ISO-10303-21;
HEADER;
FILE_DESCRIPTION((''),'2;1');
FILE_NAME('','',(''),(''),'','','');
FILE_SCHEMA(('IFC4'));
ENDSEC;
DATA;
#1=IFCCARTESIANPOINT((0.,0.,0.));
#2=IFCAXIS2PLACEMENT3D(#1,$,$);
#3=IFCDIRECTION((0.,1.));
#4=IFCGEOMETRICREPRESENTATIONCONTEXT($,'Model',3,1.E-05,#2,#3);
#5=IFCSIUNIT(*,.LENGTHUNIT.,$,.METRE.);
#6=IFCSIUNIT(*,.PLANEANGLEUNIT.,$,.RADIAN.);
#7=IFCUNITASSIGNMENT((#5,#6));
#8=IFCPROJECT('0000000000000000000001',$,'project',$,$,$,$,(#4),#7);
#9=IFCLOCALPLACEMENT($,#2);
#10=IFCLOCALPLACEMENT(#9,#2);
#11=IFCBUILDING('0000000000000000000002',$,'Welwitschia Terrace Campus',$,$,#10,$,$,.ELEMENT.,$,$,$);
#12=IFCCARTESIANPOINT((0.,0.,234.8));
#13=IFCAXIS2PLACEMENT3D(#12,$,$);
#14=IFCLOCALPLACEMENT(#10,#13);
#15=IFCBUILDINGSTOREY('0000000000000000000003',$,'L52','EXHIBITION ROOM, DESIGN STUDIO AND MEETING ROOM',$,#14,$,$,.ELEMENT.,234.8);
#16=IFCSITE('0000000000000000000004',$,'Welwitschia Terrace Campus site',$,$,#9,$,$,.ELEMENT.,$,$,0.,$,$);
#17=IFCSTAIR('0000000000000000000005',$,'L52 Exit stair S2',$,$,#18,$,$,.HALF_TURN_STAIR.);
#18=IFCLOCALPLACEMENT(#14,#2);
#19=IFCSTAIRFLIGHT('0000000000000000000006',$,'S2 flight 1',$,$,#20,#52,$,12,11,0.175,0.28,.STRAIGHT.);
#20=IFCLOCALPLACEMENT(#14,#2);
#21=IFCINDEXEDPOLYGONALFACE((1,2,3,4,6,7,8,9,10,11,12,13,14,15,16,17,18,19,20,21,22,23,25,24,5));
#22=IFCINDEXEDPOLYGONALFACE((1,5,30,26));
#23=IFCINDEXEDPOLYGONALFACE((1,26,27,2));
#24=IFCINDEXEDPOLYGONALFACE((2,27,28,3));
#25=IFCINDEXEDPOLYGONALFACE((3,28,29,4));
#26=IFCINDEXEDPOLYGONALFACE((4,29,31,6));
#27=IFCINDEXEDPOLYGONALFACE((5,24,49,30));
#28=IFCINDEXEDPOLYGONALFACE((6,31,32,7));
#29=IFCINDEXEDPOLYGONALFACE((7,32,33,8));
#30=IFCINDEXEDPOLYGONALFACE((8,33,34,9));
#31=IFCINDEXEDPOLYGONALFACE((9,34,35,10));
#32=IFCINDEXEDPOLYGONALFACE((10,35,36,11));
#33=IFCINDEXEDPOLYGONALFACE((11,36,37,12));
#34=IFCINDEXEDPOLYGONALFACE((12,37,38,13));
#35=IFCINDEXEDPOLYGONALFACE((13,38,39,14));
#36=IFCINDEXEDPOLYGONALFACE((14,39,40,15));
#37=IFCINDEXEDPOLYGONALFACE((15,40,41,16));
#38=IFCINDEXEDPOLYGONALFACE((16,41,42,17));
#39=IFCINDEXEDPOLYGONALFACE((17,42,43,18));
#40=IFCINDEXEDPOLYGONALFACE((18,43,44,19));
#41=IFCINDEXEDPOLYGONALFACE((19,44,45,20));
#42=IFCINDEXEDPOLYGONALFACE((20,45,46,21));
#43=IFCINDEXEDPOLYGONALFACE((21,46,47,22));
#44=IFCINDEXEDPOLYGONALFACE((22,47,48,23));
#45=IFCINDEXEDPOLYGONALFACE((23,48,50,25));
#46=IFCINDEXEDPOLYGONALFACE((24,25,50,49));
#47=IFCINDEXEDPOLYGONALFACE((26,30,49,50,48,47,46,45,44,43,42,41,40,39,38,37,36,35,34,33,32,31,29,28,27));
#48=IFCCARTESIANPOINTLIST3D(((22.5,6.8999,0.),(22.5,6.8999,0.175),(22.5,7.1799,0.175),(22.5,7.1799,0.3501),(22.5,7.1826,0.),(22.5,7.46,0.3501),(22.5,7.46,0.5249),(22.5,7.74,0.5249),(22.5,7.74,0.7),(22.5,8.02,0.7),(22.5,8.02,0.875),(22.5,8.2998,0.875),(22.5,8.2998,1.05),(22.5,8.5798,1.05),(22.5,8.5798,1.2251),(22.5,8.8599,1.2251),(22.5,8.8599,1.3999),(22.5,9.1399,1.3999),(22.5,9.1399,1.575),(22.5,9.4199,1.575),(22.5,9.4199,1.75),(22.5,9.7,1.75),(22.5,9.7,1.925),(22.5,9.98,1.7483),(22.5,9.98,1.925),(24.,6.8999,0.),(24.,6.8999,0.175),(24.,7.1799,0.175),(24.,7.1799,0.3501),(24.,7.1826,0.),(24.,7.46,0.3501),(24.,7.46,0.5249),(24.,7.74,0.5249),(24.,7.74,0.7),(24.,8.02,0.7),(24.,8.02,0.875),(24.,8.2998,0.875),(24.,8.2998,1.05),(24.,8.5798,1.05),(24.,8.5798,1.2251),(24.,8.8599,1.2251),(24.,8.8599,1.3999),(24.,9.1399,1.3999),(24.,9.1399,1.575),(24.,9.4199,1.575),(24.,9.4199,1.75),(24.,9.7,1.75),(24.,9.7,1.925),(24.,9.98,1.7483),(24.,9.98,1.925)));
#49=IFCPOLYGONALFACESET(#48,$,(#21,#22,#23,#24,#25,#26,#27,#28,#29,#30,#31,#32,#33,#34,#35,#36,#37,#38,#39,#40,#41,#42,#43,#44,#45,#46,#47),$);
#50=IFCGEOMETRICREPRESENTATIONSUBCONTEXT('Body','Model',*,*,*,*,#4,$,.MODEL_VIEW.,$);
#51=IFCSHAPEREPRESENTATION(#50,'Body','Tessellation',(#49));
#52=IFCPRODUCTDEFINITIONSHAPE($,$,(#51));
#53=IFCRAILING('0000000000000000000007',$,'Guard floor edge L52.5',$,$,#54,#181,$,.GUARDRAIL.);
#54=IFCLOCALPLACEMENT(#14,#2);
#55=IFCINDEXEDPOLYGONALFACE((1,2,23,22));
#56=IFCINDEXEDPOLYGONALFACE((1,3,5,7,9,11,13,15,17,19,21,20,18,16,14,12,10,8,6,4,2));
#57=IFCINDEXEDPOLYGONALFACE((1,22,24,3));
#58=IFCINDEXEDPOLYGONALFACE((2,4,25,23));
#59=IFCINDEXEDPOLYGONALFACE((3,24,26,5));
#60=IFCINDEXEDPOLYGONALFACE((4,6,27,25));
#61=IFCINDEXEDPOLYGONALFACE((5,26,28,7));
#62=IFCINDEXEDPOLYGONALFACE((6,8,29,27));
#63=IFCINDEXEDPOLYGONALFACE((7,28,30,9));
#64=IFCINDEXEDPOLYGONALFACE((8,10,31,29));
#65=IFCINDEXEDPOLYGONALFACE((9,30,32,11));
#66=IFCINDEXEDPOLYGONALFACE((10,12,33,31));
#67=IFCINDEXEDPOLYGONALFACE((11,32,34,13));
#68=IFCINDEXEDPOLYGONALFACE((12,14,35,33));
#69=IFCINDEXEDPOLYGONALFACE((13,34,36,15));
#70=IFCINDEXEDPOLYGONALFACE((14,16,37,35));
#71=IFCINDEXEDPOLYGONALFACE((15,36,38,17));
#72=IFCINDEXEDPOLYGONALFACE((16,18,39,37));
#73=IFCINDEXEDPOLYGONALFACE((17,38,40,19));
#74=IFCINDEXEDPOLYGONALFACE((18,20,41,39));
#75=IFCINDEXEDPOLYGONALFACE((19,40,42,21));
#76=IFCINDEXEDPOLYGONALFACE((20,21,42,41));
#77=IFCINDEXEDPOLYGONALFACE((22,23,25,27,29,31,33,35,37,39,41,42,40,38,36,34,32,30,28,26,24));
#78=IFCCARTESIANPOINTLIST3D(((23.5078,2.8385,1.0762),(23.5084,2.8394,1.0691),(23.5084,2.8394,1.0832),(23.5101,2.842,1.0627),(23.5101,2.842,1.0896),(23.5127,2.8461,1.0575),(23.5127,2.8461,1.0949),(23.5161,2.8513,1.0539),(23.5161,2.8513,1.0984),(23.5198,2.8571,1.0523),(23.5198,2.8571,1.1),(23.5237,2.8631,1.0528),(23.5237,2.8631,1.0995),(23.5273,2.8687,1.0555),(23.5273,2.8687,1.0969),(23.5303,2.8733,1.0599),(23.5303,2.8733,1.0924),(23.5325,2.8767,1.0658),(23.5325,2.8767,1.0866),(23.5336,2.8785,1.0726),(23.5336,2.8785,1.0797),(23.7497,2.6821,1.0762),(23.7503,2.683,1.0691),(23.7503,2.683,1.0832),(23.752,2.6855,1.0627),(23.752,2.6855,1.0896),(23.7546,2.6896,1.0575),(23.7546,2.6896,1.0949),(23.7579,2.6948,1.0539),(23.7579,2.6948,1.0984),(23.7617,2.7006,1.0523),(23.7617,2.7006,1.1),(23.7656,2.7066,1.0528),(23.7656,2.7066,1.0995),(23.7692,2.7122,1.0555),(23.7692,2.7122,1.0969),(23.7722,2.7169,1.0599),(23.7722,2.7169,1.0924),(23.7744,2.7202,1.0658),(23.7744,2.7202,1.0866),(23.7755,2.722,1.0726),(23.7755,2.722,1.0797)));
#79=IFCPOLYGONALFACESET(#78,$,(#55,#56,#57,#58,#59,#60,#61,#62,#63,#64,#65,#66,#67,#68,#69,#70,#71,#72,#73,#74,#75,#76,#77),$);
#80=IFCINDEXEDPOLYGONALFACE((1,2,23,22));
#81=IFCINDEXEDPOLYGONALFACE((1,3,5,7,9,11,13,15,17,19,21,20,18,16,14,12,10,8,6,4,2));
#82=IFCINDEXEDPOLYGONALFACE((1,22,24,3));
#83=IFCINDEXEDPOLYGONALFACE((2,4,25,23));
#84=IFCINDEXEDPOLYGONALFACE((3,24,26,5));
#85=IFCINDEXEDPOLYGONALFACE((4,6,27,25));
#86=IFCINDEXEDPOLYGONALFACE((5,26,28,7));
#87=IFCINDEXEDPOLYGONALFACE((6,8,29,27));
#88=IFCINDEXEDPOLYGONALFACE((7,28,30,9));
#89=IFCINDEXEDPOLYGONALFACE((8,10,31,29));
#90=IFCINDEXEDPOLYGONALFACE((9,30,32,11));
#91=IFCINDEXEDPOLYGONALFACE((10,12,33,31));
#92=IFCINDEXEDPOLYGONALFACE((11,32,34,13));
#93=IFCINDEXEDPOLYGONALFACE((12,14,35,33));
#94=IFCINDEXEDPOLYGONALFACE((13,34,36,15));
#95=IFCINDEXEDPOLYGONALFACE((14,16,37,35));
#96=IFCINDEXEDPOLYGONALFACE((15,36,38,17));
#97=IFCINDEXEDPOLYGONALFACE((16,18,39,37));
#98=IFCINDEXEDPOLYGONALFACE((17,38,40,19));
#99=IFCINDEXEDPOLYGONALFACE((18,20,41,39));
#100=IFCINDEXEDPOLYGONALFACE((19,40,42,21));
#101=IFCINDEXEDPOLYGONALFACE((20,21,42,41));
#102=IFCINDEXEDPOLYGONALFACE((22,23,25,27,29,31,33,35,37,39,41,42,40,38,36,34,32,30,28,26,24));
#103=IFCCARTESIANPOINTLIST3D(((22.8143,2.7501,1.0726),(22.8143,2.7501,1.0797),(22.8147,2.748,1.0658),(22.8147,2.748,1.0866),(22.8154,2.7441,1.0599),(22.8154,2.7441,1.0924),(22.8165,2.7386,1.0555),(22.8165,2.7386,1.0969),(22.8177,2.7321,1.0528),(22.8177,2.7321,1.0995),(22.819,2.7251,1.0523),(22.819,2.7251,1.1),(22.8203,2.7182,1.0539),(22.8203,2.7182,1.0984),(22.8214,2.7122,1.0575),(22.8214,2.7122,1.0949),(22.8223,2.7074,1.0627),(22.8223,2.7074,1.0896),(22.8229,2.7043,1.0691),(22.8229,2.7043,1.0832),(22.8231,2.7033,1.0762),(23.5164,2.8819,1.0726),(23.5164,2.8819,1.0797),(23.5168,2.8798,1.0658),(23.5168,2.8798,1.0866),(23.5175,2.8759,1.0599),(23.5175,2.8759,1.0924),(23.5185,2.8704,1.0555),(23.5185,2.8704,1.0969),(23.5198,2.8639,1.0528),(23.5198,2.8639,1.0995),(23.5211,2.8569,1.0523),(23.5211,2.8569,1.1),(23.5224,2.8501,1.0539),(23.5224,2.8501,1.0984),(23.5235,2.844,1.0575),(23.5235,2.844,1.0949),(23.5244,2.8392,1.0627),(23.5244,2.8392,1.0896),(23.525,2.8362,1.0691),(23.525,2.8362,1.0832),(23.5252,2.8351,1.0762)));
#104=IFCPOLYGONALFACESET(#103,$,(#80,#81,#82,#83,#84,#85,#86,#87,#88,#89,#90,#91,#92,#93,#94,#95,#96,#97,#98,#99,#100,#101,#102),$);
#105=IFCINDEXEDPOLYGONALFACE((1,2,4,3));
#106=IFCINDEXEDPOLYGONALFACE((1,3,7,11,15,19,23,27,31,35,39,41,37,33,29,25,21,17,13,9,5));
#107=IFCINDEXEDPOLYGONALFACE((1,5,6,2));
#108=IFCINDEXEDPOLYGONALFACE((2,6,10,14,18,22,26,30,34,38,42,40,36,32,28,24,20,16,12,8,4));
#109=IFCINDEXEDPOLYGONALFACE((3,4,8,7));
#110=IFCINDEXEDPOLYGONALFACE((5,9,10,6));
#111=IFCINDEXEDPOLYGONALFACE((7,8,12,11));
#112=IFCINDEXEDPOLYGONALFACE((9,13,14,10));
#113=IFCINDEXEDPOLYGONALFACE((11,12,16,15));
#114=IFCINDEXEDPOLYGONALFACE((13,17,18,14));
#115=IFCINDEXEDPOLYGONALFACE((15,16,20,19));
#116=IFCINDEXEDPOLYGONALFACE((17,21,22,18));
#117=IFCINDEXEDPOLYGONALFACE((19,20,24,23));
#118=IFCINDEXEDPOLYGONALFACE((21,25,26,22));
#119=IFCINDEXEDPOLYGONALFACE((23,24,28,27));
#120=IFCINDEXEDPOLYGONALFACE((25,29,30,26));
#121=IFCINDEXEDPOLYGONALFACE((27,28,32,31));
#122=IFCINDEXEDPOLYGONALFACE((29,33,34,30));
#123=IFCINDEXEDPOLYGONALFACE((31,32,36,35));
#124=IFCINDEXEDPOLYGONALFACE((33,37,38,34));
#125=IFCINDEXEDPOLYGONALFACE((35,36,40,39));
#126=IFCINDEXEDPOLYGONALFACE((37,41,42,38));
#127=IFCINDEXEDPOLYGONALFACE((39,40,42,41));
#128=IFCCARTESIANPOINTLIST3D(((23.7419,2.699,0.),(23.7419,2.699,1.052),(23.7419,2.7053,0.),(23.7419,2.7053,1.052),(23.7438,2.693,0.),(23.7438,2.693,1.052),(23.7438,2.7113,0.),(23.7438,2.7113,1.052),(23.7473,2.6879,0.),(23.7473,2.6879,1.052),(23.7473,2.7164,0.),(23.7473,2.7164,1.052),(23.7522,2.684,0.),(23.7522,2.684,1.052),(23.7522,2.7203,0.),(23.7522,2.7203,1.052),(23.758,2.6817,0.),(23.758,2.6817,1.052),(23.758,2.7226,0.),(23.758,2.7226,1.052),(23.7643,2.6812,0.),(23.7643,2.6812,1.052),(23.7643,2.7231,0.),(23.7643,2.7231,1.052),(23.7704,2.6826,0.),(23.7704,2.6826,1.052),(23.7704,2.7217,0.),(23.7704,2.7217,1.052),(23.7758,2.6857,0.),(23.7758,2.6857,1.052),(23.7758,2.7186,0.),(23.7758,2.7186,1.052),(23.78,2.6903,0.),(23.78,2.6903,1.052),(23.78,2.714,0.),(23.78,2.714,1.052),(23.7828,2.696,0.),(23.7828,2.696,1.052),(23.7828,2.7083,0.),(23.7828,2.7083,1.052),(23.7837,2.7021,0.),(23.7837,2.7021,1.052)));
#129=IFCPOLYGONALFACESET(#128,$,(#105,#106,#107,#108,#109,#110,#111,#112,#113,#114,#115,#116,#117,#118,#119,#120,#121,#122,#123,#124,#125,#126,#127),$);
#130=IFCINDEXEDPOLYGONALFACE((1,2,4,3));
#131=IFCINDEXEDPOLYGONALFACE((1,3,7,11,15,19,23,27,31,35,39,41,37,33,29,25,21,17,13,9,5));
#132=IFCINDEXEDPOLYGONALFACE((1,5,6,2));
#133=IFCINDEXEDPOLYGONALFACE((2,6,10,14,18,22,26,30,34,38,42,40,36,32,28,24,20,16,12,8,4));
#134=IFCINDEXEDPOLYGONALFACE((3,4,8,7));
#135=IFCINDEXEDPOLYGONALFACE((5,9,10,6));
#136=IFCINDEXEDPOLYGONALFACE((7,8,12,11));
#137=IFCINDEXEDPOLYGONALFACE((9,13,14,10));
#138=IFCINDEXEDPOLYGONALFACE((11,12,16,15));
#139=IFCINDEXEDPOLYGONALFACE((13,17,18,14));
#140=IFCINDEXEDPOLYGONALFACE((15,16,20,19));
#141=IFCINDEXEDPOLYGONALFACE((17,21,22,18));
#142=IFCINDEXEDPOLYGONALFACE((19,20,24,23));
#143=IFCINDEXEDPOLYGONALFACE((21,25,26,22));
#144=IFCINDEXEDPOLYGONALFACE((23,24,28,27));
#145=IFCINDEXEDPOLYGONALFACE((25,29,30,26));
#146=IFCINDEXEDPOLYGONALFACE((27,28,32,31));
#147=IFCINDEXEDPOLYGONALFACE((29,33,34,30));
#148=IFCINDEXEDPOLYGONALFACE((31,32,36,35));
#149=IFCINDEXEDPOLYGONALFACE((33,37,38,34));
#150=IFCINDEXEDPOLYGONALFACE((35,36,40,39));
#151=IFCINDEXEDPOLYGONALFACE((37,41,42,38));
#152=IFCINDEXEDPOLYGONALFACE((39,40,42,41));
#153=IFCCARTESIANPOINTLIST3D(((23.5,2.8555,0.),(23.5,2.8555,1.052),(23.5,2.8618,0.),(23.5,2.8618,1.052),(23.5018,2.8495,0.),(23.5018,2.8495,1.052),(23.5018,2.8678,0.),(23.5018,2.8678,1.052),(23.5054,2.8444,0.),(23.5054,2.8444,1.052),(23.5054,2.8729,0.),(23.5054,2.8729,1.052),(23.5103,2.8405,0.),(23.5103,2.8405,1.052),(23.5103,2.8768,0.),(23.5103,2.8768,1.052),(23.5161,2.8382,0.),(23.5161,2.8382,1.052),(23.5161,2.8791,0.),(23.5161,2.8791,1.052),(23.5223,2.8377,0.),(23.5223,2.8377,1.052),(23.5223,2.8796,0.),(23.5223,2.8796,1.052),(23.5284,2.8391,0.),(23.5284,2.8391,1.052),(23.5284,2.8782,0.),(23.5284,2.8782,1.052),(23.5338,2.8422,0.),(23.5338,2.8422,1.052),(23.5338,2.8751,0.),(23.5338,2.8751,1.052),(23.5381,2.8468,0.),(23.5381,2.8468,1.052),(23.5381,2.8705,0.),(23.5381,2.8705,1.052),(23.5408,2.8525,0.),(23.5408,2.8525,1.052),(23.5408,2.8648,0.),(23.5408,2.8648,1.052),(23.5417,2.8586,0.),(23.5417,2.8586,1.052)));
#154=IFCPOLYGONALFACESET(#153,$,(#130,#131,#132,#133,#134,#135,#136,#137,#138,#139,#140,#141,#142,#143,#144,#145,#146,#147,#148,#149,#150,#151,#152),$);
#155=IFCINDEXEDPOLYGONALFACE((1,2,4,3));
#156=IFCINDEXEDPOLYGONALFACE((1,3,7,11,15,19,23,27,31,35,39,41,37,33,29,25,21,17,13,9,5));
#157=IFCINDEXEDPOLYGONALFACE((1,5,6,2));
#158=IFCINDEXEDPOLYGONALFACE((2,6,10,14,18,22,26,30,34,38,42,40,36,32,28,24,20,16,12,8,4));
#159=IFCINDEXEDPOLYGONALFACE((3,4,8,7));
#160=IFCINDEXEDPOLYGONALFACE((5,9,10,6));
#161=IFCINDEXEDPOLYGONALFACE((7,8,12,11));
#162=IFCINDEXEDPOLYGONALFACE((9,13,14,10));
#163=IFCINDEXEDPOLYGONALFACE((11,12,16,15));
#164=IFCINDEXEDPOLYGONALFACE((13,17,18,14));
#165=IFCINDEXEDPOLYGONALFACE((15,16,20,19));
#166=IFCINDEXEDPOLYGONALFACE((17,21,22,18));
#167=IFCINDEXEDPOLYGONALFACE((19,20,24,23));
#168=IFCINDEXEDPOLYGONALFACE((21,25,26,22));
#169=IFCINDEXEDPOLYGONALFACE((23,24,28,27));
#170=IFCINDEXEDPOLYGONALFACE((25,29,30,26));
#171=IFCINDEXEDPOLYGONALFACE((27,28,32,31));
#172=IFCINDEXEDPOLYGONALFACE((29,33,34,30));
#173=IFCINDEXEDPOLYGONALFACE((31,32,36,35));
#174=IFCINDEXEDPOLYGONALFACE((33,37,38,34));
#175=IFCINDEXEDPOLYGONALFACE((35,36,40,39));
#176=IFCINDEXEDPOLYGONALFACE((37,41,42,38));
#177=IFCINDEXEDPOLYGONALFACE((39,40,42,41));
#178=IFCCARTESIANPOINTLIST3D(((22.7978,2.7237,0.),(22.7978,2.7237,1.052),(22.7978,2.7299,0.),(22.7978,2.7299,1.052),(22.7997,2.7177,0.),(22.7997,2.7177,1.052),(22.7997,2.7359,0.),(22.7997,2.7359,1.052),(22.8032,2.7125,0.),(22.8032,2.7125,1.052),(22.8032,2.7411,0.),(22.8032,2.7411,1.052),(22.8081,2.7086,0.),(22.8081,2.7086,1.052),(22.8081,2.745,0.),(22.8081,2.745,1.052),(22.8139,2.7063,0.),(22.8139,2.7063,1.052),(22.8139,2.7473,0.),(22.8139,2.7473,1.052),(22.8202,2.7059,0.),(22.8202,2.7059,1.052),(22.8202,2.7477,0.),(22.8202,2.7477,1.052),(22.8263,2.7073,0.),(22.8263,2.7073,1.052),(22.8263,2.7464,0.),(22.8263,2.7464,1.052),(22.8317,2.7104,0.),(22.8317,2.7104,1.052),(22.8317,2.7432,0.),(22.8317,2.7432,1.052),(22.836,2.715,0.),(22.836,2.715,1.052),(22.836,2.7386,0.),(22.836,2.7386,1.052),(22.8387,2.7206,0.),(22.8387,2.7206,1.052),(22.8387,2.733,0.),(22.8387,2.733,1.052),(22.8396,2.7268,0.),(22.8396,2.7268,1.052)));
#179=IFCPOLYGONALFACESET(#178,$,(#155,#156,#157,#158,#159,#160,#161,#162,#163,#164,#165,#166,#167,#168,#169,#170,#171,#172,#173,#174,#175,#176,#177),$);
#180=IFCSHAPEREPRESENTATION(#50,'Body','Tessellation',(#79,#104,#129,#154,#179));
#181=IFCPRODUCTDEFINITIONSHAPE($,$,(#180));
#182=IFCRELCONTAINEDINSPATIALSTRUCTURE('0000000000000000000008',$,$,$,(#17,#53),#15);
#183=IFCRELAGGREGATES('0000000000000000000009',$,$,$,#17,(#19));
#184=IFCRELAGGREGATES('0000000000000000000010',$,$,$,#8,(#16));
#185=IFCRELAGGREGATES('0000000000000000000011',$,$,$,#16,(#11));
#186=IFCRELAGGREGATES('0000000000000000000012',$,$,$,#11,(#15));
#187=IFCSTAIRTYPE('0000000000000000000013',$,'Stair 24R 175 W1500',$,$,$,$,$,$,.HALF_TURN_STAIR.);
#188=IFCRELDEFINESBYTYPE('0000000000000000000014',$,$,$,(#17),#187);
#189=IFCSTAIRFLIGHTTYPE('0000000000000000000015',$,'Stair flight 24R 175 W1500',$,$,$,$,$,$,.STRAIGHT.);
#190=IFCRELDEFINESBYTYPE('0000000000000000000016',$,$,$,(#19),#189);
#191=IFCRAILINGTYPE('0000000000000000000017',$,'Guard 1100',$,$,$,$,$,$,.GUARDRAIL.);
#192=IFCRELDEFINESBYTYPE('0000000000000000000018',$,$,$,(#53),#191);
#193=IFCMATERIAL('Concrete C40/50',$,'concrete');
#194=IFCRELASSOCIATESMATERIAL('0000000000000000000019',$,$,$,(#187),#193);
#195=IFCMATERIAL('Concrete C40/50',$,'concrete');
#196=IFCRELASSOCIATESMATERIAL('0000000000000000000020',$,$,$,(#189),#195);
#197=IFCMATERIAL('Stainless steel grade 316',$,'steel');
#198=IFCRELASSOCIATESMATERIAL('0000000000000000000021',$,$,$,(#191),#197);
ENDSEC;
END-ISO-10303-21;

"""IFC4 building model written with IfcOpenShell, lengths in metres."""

from ifc_helpers import new_model, si_unit, direction, frame, origin, origin_2d, place, context, subcontext, project, spatial, polyline, circle, outline, extrude, material, type_object, element, aggregate, save


model = new_model("IFC4")

# Units and contexts
model_context = context("Model", 3, precision=1e-05, world=origin(), true_north=direction((0.0, 1.0)))
body_context = subcontext(model_context, "Body", "Model", "MODEL_VIEW")
ifc_project = project(units=[si_unit("LENGTHUNIT", "METRE"), si_unit("PLANEANGLEUNIT", "RADIAN")], contexts=[model_context])

# Site, building, storey
site_placement = place(None, origin())
site = spatial("IfcSite", under=ifc_project, at=site_placement, Name="Welwitschia Terrace Campus site", CompositionType="ELEMENT", RefElevation=0.0)
building_placement = place(site_placement, origin())
building = spatial("IfcBuilding", under=site, at=building_placement, Name="Welwitschia Terrace Campus", CompositionType="ELEMENT")
storey_placement = place(building_placement, frame((0.0, 0.0, 234.8)))
storey = spatial("IfcBuildingStorey", under=building, at=storey_placement, Name="L52", Description="EXHIBITION ROOM, DESIGN STUDIO AND MEETING ROOM", CompositionType="ELEMENT", Elevation=234.8)

# Stair, stair flight
ifc_material_1 = material(Name="Concrete C40/50", Category="concrete")
stair_type = type_object("IfcStairType", Name="Stair 24R 175 W1500", PredefinedType="HALF_TURN_STAIR", material=ifc_material_1)
stair_placement = place(storey_placement, origin())
stair = element("IfcStair", 1, at=stair_placement, inside=storey, type_object=stair_type, Name="L52 Exit stair S2", PredefinedType="HALF_TURN_STAIR")
ifc_material_2 = material(Name="Concrete C40/50", Category="concrete")
stair_flight_type = type_object("IfcStairFlightType", Name="Stair flight 24R 175 W1500", PredefinedType="STRAIGHT", material=ifc_material_2)
stair_flight_placement = place(storey_placement, frame((23.25, 6.8999, 0.0), z_axis=(0.0, 0.0, 1.0), x_axis=(0.0, 1.0, 0.0)))
stair_flight = element("IfcStairFlight", 2, at=stair_flight_placement, type_object=stair_flight_type, Name="S2 flight 1", NumberOfRisers=12, NumberOfTreads=11, PredefinedType="STRAIGHT", RiserHeight=0.175, TreadLength=0.28, context=body_context, shape_type="SweptSolid", body=[
    extrude(outline(polyline([(0.0, 0.0), (0.0, 0.175), (0.28, 0.175), (0.28, 0.3501), (0.5601, 0.3501), (0.5601, 0.5249), (0.8401, 0.5249), (0.8401, 0.7), (1.1201, 0.7), (1.1201, 0.875), (1.3999, 0.875), (1.3999, 1.05), (1.6799, 1.05), (1.6799, 1.2251), (1.96, 1.2251), (1.96, 1.3999), (2.24, 1.3999), (2.24, 1.575), (2.52, 1.575), (2.52, 1.75), (2.8, 1.75), (2.8, 1.925), (3.0801, 1.925), (3.0801, 2.1001), (3.0801, 1.7483), (0.2827, 0.0), (0.0, 0.0)])), frame((0.0, 0.75, 0.0), z_axis=(0.0, -1.0, 0.0), x_axis=(1.0, 0.0, 0.0)), (0.0, 0.0, 1.0), 1.5),
])
aggregate(stair, [stair_flight])

# Railing
ifc_material_3 = material(Name="Stainless steel grade 316", Category="steel")
railing_type_1 = type_object("IfcRailingType", Name="Guard 1100", PredefinedType="GUARDRAIL", material=ifc_material_3)
railing_1_placement = place(storey_placement, frame((23.7627, 2.7021, 0.0)))
element("IfcRailing", 3, at=railing_1_placement, inside=storey, type_object=railing_type_1, Name="Guard floor edge L52.5", PredefinedType="GUARDRAIL", context=body_context, shape_type="SweptSolid", body=[
    extrude(circle(Radius=0.0239, at=origin_2d()), frame((0.0, 0.0, 1.0762), z_axis=(-0.839661, 0.543111, 0.0), x_axis=(-0.543111, -0.839661, 0.0)), (0.0, 0.0, 1.0), 0.2881),
    extrude(circle(Radius=0.0239, at=origin_2d()), frame((-0.2419, 0.1565, 1.0762), z_axis=(-0.982826, -0.184536, 0.0), x_axis=(0.184536, -0.982826, 0.0)), (0.0, 0.0, 1.0), 0.7144),
    extrude(circle(Radius=0.021, at=origin_2d()), origin(), (0.0, 0.0, 1.0), 1.052),
    extrude(circle(Radius=0.021, at=origin_2d()), frame((-0.2419, 0.1565, 0.0)), (0.0, 0.0, 1.0), 1.052),
    extrude(circle(Radius=0.021, at=origin_2d()), frame((-0.9441, 0.0247, 0.0)), (0.0, 0.0, 1.0), 1.052),
])

save(model, "model.ifc")
